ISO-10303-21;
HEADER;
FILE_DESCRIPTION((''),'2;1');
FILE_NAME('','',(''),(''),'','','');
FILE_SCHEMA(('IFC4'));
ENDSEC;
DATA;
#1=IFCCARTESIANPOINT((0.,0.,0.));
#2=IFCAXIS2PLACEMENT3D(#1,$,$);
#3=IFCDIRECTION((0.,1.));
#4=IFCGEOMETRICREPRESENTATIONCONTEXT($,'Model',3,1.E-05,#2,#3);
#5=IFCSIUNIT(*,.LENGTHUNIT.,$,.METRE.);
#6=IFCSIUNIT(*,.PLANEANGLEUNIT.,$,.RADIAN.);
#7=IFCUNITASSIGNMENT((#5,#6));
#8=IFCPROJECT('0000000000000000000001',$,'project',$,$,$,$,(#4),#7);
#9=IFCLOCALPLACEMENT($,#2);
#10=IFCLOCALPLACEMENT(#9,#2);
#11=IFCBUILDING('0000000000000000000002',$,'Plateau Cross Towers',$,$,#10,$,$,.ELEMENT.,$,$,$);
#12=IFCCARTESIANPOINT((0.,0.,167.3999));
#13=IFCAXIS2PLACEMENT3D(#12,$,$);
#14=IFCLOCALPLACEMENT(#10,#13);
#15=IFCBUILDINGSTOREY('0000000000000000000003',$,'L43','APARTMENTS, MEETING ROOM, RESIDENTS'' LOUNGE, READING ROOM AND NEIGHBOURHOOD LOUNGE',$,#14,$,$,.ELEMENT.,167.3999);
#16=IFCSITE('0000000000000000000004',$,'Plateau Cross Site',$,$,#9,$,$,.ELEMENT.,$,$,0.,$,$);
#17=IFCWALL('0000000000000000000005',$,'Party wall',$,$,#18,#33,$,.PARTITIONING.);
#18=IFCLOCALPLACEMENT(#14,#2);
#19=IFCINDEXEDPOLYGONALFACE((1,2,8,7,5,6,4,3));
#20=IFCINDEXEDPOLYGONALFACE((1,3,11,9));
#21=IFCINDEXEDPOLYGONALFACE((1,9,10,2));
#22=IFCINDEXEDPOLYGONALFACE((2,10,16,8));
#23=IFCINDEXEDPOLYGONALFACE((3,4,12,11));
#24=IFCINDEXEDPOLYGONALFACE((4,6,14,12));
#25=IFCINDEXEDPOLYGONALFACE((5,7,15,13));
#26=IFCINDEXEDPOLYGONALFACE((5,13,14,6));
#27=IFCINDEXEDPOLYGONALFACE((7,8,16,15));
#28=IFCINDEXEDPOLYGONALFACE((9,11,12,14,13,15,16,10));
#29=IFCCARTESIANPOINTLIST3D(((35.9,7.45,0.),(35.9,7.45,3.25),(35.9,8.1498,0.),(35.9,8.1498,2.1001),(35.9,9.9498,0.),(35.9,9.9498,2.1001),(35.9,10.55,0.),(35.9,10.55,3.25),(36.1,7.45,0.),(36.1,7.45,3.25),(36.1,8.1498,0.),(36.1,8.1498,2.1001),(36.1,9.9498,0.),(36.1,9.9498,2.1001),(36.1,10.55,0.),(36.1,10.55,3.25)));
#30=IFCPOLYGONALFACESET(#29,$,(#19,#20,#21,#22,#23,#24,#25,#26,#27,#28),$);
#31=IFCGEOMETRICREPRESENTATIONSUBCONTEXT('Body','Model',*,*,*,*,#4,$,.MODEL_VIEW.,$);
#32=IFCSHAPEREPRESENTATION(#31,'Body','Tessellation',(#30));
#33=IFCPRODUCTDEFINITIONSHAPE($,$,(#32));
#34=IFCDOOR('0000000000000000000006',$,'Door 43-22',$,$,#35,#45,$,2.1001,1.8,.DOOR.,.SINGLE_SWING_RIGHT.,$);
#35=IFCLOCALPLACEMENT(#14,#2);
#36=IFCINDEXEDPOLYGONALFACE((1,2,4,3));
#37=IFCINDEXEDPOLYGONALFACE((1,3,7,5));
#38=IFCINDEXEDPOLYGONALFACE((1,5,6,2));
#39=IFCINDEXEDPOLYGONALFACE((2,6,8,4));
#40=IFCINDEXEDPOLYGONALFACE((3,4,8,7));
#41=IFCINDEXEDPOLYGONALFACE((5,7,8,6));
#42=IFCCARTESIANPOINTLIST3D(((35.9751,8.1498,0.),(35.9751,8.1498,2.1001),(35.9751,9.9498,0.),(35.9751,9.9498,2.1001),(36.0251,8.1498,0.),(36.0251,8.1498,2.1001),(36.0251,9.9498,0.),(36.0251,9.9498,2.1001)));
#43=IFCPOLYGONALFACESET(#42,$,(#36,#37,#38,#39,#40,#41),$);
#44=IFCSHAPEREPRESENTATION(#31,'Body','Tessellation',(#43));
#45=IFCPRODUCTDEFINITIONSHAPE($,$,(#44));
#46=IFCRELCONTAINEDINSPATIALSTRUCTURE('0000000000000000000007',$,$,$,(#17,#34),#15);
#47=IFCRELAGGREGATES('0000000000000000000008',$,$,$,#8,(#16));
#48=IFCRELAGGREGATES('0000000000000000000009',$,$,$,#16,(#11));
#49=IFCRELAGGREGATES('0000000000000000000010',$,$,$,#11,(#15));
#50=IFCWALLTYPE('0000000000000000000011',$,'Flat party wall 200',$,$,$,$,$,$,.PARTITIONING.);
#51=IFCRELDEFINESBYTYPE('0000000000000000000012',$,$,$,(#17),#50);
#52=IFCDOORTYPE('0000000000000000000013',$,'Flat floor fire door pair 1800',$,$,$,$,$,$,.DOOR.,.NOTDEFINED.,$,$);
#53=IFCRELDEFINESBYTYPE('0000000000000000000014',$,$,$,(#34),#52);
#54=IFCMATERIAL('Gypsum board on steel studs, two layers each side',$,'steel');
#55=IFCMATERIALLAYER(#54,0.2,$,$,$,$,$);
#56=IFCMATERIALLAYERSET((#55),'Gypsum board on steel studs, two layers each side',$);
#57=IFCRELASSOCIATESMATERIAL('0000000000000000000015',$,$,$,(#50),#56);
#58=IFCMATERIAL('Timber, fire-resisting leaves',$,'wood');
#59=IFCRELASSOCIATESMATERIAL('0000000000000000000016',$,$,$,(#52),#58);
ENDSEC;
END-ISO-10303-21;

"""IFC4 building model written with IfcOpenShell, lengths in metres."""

from ifc_helpers import new_model, si_unit, direction, frame, frame_2d, origin, place, context, subcontext, project, spatial, rectangle, extrude, material, layer, layer_set, type_object, element, fill, save


model = new_model("IFC4")

# Units and contexts
model_context = context("Model", 3, precision=1e-05, world=origin(), true_north=direction((0.0, 1.0)))
body_context = subcontext(model_context, "Body", "Model", "MODEL_VIEW")
ifc_project = project(units=[si_unit("LENGTHUNIT", "METRE"), si_unit("PLANEANGLEUNIT", "RADIAN")], contexts=[model_context])

# Site, building, storey
site_placement = place(None, origin())
site = spatial("IfcSite", under=ifc_project, at=site_placement, Name="Plateau Cross Site", CompositionType="ELEMENT", RefElevation=0.0)
building_placement = place(site_placement, origin())
building = spatial("IfcBuilding", under=site, at=building_placement, Name="Plateau Cross Towers", CompositionType="ELEMENT")
storey_placement = place(building_placement, frame((0.0, 0.0, 167.3999)))
storey = spatial("IfcBuildingStorey", under=building, at=storey_placement, Name="L43", Description="APARTMENTS, MEETING ROOM, RESIDENTS' LOUNGE, READING ROOM AND NEIGHBOURHOOD LOUNGE", CompositionType="ELEMENT", Elevation=167.3999)

# Shared definitions
ifc_material_1 = material(Name="Gypsum board on steel studs, two layers each side", Category="steel")
ifc_layer_1 = layer(ifc_material_1, 0.2)
ifc_layer_set_1 = layer_set([ifc_layer_1], Name="Gypsum board on steel studs, two layers each side")
wall_type_1 = type_object("IfcWallType", Name="Flat party wall 200", PredefinedType="PARTITIONING", material=ifc_layer_set_1)

# Wall, opening, door
wall_1_placement = place(storey_placement, frame((36.0, 7.45, 0.0), z_axis=(0.0, 0.0, 1.0), x_axis=(0.0, 1.0, 0.0)))
wall_1 = element("IfcWall", 1, at=wall_1_placement, inside=storey, type_object=wall_type_1, Name="Party wall", PredefinedType="PARTITIONING", context=body_context, shape_type="SweptSolid", body=[
    extrude(rectangle(XDim=3.1001, YDim=0.2, at=frame_2d((1.55, 0.0))), origin(), (0.0, 0.0, 1.0), 3.25),
])
opening_1_placement = place(wall_1_placement, frame((0.7, 0.0, 0.0)))
opening_1 = element("IfcOpeningElement", 2, at=opening_1_placement, cuts=wall_1, PredefinedType="OPENING", context=body_context, shape_type="SweptSolid", body=[
    extrude(rectangle(XDim=1.8, YDim=2.1001, at=frame_2d((0.8999, 1.05))), frame((0.0, 0.1099, 0.0), z_axis=(0.0, -1.0, 0.0), x_axis=(1.0, 0.0, 0.0)), (0.0, 0.0, 1.0), 0.22),
])
ifc_material_2 = material(Name="Timber, fire-resisting leaves", Category="wood")
door_type_1 = type_object("IfcDoorType", Name="Flat floor fire door pair 1800", OperationType="NOTDEFINED", PredefinedType="DOOR", material=ifc_material_2)
door_1_placement = place(opening_1_placement, origin())
door_1 = element("IfcDoor", 3, at=door_1_placement, inside=storey, type_object=door_type_1, Name="Door 43-22", OperationType="SINGLE_SWING_RIGHT", OverallHeight=2.1001, OverallWidth=1.8, PredefinedType="DOOR", context=body_context, shape_type="SweptSolid", body=[
    extrude(rectangle(XDim=1.8, YDim=2.1001, at=frame_2d((0.8999, 1.05))), frame((0.0, 0.0249, 0.0), z_axis=(0.0, -1.0, 0.0), x_axis=(1.0, 0.0, 0.0)), (0.0, 0.0, 1.0), 0.05),
])
fill(opening_1, door_1)

save(model, "model.ifc")
